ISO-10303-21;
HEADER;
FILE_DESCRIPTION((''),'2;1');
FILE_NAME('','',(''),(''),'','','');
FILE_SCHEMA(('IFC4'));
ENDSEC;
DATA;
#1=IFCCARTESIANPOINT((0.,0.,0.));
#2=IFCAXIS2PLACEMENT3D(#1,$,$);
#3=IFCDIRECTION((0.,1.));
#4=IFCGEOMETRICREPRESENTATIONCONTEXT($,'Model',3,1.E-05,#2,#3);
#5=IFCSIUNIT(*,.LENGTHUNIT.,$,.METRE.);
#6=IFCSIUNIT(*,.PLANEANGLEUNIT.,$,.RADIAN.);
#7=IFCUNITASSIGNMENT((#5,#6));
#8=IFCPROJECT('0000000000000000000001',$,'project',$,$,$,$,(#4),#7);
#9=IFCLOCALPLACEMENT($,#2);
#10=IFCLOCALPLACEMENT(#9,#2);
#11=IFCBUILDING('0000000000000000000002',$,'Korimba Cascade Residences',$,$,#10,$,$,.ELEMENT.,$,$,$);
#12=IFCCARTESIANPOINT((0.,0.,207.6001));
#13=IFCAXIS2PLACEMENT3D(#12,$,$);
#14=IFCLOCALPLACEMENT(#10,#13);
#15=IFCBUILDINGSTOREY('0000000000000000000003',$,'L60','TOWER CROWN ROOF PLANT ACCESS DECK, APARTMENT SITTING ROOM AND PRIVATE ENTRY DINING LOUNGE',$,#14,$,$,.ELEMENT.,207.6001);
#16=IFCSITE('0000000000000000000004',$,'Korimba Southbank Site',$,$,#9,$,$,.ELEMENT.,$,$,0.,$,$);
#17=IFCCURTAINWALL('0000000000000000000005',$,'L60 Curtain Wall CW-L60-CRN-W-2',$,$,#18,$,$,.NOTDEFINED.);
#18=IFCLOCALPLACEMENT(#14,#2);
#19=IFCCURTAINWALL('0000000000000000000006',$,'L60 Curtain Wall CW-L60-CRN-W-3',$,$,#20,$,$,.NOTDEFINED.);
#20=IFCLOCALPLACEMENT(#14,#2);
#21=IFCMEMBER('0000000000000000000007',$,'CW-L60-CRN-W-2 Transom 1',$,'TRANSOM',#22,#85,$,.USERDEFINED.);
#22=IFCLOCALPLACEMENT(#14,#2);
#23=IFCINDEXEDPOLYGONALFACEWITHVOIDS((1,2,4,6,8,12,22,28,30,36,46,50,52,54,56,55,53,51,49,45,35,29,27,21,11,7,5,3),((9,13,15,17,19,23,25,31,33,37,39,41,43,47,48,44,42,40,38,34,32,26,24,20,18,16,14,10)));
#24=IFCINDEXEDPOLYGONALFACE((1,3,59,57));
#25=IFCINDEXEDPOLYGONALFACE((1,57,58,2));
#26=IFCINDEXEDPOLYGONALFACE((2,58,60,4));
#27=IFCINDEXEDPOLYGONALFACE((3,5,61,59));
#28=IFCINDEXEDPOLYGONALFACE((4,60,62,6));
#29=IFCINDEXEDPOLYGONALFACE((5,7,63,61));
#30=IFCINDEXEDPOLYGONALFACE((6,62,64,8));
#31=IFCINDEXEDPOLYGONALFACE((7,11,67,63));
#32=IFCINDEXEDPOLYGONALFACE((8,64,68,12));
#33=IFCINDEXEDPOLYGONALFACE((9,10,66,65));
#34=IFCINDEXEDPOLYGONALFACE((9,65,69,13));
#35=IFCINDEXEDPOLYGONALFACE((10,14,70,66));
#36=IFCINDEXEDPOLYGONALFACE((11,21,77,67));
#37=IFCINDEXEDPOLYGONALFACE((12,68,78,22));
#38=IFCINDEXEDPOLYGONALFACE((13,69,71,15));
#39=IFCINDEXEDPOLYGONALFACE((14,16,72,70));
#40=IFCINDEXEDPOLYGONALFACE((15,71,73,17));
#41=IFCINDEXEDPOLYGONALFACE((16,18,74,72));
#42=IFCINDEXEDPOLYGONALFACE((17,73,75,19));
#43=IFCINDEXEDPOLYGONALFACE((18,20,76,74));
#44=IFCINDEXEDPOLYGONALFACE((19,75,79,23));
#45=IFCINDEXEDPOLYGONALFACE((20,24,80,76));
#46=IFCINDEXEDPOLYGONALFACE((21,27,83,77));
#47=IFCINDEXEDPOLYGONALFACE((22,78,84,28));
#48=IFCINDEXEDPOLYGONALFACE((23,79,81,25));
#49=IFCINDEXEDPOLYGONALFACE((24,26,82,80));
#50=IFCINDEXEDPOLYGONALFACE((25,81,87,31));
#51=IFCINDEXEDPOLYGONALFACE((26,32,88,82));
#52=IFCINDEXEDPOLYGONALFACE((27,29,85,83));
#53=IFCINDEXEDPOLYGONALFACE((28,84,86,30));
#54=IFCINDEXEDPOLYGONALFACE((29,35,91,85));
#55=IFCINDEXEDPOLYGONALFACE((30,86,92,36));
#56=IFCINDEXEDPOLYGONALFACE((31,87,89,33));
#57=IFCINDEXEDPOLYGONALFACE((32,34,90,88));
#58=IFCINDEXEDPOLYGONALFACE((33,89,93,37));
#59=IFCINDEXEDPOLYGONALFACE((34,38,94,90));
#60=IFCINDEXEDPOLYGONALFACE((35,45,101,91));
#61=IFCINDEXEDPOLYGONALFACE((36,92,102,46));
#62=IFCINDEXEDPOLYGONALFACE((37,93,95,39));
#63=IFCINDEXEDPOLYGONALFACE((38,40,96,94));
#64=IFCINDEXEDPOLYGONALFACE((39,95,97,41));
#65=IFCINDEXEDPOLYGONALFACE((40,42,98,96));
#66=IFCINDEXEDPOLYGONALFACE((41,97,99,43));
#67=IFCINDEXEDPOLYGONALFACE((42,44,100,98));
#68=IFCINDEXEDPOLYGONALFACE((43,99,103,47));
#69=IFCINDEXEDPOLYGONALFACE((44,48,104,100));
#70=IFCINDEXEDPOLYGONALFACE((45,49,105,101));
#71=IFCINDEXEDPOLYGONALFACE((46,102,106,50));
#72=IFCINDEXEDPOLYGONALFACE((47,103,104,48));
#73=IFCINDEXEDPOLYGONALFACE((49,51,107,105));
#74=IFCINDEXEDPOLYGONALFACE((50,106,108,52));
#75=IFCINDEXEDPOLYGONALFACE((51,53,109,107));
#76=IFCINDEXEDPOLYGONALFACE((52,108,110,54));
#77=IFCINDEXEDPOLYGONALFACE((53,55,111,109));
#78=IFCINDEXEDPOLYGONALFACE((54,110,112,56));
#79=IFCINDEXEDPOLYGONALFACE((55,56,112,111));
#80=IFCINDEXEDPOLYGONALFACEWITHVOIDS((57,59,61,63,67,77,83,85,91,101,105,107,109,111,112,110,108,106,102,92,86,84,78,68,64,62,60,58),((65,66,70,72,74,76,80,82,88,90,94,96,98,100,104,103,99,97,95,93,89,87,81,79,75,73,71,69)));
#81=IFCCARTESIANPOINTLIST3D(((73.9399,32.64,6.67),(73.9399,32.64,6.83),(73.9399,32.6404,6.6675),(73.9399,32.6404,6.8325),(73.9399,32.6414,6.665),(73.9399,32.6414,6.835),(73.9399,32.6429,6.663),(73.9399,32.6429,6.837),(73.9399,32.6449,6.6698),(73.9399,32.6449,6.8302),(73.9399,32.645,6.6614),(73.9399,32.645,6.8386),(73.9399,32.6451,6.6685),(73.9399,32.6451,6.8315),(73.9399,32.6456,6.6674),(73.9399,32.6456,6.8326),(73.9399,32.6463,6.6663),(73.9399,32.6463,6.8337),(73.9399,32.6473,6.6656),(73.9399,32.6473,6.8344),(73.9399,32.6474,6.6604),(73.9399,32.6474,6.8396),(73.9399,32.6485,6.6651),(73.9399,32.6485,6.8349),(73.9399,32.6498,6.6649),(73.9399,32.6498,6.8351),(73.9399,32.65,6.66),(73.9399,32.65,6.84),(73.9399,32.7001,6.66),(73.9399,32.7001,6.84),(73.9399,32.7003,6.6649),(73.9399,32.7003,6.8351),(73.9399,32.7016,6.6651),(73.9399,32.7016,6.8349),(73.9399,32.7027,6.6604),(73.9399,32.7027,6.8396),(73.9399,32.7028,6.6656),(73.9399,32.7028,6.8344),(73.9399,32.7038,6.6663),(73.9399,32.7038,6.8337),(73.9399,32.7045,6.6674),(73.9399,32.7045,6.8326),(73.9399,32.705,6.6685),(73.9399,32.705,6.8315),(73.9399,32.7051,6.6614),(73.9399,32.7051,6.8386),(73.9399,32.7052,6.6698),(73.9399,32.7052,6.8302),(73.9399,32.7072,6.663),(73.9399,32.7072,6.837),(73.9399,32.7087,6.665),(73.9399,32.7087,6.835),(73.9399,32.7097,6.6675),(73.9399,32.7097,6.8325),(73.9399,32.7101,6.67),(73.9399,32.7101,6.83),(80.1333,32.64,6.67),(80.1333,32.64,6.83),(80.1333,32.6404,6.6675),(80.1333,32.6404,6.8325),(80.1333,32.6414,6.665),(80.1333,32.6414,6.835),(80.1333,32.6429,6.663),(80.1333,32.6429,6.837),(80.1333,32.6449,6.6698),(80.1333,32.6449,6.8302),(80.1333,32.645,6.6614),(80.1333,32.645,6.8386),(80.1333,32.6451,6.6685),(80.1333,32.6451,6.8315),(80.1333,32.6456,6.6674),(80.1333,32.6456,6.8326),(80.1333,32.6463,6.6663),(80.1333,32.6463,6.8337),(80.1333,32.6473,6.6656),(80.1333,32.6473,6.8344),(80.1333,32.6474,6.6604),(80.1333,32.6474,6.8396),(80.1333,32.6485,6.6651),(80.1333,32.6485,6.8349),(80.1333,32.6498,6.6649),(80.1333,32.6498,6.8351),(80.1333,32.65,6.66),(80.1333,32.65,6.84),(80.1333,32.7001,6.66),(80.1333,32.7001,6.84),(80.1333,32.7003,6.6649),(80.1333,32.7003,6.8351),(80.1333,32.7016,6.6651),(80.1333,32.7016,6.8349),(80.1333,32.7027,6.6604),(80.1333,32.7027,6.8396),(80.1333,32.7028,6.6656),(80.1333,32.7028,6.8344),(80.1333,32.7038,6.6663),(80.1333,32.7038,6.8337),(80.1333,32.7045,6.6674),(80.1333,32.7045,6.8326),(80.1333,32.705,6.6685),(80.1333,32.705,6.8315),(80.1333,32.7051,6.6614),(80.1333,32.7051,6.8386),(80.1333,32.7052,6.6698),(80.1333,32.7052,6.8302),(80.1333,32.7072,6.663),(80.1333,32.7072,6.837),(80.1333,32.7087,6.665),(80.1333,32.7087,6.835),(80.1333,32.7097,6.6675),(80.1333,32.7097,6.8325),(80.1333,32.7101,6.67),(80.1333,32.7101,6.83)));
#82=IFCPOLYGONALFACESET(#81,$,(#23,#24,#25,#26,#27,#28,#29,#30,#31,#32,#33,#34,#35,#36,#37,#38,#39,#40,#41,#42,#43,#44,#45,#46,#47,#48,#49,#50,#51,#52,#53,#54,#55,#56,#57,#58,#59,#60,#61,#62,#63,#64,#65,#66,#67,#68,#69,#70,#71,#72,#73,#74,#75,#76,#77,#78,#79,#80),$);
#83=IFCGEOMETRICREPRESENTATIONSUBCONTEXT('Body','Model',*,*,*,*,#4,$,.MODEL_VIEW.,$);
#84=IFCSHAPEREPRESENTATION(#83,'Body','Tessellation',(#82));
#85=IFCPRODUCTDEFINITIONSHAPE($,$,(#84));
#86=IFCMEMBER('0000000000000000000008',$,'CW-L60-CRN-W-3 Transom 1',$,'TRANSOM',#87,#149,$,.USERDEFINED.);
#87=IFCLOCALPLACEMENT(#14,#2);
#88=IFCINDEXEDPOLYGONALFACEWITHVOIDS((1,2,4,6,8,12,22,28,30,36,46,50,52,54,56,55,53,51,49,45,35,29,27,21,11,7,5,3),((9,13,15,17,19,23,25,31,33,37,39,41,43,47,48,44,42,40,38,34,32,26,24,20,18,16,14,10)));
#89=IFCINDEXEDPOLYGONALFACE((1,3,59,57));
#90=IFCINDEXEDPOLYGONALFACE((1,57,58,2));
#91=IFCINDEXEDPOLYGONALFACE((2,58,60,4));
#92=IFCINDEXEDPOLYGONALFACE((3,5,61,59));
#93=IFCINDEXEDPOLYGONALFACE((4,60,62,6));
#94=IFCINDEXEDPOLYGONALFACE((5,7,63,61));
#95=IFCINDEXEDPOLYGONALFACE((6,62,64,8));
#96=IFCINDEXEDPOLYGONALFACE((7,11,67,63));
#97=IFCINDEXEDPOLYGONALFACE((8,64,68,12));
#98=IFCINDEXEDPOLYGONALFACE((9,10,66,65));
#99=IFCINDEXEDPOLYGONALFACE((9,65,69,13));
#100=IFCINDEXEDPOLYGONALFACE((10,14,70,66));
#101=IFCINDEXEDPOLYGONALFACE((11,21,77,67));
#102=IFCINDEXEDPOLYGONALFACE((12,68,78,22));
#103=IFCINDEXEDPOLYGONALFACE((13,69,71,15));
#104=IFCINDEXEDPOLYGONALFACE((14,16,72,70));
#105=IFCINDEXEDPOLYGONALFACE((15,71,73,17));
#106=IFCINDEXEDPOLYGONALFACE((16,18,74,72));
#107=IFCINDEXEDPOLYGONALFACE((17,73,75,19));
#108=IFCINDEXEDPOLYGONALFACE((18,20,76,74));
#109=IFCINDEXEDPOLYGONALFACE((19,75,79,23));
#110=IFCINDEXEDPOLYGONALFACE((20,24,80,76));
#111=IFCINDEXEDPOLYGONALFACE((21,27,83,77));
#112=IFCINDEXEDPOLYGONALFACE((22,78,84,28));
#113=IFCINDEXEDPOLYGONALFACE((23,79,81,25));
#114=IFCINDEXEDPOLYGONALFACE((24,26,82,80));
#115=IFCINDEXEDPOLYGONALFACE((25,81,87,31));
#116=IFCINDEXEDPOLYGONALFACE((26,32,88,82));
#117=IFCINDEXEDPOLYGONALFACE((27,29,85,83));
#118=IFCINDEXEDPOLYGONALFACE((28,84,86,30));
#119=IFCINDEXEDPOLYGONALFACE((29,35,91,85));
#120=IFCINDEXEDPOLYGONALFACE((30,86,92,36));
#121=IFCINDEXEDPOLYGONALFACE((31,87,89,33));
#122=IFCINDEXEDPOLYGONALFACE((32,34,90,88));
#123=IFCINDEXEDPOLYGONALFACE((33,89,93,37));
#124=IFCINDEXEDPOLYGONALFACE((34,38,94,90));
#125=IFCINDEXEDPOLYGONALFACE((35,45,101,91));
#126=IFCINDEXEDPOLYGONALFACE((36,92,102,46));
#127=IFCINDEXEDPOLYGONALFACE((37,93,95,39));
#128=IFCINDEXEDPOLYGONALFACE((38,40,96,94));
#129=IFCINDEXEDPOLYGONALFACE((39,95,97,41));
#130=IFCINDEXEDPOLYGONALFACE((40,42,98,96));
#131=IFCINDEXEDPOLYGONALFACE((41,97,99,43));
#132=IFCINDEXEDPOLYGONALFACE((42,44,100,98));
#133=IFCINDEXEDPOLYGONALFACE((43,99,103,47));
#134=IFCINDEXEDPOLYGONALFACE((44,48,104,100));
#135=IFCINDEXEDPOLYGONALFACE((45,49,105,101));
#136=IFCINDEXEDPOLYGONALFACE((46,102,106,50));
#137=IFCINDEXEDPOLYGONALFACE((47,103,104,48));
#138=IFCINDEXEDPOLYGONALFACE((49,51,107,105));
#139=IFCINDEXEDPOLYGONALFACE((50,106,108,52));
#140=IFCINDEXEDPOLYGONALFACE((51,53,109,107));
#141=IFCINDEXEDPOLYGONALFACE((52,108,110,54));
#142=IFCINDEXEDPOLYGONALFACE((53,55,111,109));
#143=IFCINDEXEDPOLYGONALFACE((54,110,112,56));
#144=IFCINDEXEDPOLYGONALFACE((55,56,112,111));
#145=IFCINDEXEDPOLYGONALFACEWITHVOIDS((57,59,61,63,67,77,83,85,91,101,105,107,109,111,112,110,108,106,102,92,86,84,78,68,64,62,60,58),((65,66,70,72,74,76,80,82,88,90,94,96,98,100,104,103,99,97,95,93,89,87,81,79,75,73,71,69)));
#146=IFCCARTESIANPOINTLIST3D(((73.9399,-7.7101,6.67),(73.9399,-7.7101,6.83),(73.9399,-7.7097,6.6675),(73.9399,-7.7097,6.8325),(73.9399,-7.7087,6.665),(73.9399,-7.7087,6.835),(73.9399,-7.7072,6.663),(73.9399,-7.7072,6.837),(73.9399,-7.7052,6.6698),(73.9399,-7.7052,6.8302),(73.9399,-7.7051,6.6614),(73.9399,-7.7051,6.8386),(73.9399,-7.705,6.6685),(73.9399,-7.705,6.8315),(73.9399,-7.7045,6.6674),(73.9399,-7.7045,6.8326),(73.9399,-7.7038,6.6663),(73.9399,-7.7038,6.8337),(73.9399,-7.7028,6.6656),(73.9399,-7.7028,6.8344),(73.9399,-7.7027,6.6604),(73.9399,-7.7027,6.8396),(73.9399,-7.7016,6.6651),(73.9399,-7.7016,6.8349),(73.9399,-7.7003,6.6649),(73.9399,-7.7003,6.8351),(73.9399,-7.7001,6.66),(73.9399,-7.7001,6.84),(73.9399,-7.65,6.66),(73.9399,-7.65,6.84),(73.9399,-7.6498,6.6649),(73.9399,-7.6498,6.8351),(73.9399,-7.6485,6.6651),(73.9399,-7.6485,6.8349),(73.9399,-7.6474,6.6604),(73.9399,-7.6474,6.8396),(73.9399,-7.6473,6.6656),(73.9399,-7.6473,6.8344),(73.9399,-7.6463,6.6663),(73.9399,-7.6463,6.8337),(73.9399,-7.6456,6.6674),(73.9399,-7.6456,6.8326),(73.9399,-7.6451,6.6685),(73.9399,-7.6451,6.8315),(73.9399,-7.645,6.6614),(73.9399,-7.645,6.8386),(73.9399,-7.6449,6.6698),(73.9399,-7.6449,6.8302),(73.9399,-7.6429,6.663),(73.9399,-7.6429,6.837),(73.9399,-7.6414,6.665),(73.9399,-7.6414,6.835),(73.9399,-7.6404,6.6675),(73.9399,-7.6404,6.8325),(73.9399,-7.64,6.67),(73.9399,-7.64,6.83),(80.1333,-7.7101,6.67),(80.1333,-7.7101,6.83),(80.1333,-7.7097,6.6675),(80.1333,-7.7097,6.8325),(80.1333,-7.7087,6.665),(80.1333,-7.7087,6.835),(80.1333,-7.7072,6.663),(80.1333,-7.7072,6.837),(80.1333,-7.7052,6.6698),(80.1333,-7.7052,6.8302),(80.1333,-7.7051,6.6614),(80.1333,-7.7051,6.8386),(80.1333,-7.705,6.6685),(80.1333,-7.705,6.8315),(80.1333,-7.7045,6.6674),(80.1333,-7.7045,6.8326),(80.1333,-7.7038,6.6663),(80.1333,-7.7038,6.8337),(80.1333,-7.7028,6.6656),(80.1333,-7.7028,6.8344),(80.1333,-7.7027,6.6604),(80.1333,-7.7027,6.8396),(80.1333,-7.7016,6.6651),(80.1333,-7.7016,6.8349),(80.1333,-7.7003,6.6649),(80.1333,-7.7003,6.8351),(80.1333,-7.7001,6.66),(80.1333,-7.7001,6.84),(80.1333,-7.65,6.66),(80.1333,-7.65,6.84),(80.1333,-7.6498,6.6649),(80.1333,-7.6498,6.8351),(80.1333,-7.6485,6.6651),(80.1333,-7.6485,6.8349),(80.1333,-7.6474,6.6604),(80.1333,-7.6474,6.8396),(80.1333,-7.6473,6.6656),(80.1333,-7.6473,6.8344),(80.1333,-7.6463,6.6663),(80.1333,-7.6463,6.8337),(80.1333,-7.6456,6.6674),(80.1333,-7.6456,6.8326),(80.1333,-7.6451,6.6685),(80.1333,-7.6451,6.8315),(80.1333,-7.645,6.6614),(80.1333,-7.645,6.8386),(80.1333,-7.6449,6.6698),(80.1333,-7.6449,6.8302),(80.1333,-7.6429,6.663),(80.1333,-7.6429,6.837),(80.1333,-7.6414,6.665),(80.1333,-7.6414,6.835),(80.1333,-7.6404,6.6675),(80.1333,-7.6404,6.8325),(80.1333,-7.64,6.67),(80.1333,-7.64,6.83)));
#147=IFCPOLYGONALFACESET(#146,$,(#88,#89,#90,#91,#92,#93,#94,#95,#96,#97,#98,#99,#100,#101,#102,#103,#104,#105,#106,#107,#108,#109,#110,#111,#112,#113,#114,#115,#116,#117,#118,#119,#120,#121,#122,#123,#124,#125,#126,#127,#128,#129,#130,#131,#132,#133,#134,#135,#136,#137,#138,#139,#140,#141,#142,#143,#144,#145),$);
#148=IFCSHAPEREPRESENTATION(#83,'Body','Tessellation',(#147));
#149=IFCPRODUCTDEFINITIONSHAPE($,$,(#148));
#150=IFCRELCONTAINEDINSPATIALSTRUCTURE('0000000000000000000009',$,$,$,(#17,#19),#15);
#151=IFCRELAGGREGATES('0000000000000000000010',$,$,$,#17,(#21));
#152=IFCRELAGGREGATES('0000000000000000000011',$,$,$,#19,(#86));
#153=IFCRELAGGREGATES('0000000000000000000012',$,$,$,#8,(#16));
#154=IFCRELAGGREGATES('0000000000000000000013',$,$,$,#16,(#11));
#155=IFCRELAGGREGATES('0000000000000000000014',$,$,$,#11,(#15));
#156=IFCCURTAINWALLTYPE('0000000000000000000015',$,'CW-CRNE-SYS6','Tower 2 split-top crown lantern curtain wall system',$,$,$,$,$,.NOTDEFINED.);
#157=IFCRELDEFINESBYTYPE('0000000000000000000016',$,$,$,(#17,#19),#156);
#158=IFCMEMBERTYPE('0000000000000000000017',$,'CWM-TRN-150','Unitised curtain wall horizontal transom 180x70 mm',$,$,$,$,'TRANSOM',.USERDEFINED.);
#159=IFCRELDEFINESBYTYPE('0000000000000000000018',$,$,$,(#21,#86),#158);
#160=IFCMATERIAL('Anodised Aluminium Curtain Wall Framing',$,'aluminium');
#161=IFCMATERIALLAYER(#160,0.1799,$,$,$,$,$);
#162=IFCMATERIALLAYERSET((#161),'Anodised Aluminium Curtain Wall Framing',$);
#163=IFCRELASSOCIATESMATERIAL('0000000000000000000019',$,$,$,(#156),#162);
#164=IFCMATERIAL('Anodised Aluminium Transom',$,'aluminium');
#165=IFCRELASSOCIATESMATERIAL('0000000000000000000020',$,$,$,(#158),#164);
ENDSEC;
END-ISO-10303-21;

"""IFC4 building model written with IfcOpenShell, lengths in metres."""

from ifc_helpers import new_model, si_unit, direction, frame, origin, origin_2d, place, context, subcontext, project, spatial, hollow_rectangle, extrude, material, layer, layer_set, material_profile, profile_set, type_object, element, aggregate, save


model = new_model("IFC4")

# Units and contexts
model_context = context("Model", 3, precision=1e-05, world=origin(), true_north=direction((0.0, 1.0)))
body_context = subcontext(model_context, "Body", "Model", "MODEL_VIEW")
ifc_project = project(units=[si_unit("LENGTHUNIT", "METRE"), si_unit("PLANEANGLEUNIT", "RADIAN")], contexts=[model_context])

# Site, building, storey
site_placement = place(None, origin())
site = spatial("IfcSite", under=ifc_project, at=site_placement, Name="Korimba Southbank Site", CompositionType="ELEMENT", RefElevation=0.0)
building_placement = place(site_placement, origin())
building = spatial("IfcBuilding", under=site, at=building_placement, Name="Korimba Cascade Residences", CompositionType="ELEMENT")
storey_placement = place(building_placement, frame((0.0, 0.0, 207.6001)))
storey = spatial("IfcBuildingStorey", under=building, at=storey_placement, Name="L60", Description="TOWER CROWN ROOF PLANT ACCESS DECK, APARTMENT SITTING ROOM AND PRIVATE ENTRY DINING LOUNGE", CompositionType="ELEMENT", Elevation=207.6001)

# Curtain walls
ifc_material_1 = material(Name="Anodised Aluminium Curtain Wall Framing", Category="aluminium")
ifc_layer_1 = layer(ifc_material_1, 0.1799)
ifc_layer_set_1 = layer_set([ifc_layer_1], Name="Anodised Aluminium Curtain Wall Framing")
curtain_wall_type = type_object("IfcCurtainWallType", Name="CW-CRNE-SYS6", Description="Tower 2 split-top crown lantern curtain wall system", PredefinedType="NOTDEFINED", material=ifc_layer_set_1)
curtain_wall_1_placement = place(storey_placement, origin())
curtain_wall_1 = element("IfcCurtainWall", 1, at=curtain_wall_1_placement, inside=storey, type_object=curtain_wall_type, Name="L60 Curtain Wall CW-L60-CRN-W-2", PredefinedType="NOTDEFINED")
curtain_wall_2_placement = place(storey_placement, origin())
curtain_wall_2 = element("IfcCurtainWall", 2, at=curtain_wall_2_placement, inside=storey, type_object=curtain_wall_type, Name="L60 Curtain Wall CW-L60-CRN-W-3", PredefinedType="NOTDEFINED")

# Members
ifc_material_2 = material(Name="Anodised Aluminium Transom", Category="aluminium")
ifc_material_profile_1 = material_profile(ifc_material_2, hollow_rectangle(XDim=0.0701, YDim=0.1799, WallThickness=0.0049, InnerFilletRadius=0.0049, OuterFilletRadius=0.01, at=origin_2d()), Name="Anodised Aluminium Transom")
ifc_profile_set_1 = profile_set([ifc_material_profile_1], Name="Anodised Aluminium Transom")
member_type_1 = type_object("IfcMemberType", Name="CWM-TRN-150", Description="Unitised curtain wall horizontal transom 180x70 mm", ElementType="TRANSOM", PredefinedType="USERDEFINED", material=ifc_profile_set_1)
member_1_placement = place(storey_placement, frame((73.9399, 32.675, 6.75), z_axis=(1.0, 0.0, 0.0), x_axis=(0.0, 1.0, 0.0)))
member_1 = element("IfcMember", 3, at=member_1_placement, type_object=member_type_1, Name="CW-L60-CRN-W-2 Transom 1", ObjectType="TRANSOM", PredefinedType="USERDEFINED", context=body_context, shape_type="SweptSolid", body=[
    extrude(hollow_rectangle(XDim=0.0701, YDim=0.1799, WallThickness=0.0049, InnerFilletRadius=0.0049, OuterFilletRadius=0.01, at=origin_2d()), origin(), (0.0, 0.0, 1.0), 6.1934),
])
aggregate(curtain_wall_1, [member_1])
member_2_placement = place(storey_placement, frame((73.9399, -7.675, 6.75), z_axis=(1.0, 0.0, 0.0), x_axis=(0.0, 1.0, 0.0)))
member_2 = element("IfcMember", 4, at=member_2_placement, type_object=member_type_1, Name="CW-L60-CRN-W-3 Transom 1", ObjectType="TRANSOM", PredefinedType="USERDEFINED", context=body_context, shape_type="SweptSolid", body=[
    extrude(hollow_rectangle(XDim=0.0701, YDim=0.1799, WallThickness=0.0049, InnerFilletRadius=0.0049, OuterFilletRadius=0.01, at=origin_2d()), origin(), (0.0, 0.0, 1.0), 6.1934),
])
aggregate(curtain_wall_2, [member_2])

save(model, "model.ifc")
